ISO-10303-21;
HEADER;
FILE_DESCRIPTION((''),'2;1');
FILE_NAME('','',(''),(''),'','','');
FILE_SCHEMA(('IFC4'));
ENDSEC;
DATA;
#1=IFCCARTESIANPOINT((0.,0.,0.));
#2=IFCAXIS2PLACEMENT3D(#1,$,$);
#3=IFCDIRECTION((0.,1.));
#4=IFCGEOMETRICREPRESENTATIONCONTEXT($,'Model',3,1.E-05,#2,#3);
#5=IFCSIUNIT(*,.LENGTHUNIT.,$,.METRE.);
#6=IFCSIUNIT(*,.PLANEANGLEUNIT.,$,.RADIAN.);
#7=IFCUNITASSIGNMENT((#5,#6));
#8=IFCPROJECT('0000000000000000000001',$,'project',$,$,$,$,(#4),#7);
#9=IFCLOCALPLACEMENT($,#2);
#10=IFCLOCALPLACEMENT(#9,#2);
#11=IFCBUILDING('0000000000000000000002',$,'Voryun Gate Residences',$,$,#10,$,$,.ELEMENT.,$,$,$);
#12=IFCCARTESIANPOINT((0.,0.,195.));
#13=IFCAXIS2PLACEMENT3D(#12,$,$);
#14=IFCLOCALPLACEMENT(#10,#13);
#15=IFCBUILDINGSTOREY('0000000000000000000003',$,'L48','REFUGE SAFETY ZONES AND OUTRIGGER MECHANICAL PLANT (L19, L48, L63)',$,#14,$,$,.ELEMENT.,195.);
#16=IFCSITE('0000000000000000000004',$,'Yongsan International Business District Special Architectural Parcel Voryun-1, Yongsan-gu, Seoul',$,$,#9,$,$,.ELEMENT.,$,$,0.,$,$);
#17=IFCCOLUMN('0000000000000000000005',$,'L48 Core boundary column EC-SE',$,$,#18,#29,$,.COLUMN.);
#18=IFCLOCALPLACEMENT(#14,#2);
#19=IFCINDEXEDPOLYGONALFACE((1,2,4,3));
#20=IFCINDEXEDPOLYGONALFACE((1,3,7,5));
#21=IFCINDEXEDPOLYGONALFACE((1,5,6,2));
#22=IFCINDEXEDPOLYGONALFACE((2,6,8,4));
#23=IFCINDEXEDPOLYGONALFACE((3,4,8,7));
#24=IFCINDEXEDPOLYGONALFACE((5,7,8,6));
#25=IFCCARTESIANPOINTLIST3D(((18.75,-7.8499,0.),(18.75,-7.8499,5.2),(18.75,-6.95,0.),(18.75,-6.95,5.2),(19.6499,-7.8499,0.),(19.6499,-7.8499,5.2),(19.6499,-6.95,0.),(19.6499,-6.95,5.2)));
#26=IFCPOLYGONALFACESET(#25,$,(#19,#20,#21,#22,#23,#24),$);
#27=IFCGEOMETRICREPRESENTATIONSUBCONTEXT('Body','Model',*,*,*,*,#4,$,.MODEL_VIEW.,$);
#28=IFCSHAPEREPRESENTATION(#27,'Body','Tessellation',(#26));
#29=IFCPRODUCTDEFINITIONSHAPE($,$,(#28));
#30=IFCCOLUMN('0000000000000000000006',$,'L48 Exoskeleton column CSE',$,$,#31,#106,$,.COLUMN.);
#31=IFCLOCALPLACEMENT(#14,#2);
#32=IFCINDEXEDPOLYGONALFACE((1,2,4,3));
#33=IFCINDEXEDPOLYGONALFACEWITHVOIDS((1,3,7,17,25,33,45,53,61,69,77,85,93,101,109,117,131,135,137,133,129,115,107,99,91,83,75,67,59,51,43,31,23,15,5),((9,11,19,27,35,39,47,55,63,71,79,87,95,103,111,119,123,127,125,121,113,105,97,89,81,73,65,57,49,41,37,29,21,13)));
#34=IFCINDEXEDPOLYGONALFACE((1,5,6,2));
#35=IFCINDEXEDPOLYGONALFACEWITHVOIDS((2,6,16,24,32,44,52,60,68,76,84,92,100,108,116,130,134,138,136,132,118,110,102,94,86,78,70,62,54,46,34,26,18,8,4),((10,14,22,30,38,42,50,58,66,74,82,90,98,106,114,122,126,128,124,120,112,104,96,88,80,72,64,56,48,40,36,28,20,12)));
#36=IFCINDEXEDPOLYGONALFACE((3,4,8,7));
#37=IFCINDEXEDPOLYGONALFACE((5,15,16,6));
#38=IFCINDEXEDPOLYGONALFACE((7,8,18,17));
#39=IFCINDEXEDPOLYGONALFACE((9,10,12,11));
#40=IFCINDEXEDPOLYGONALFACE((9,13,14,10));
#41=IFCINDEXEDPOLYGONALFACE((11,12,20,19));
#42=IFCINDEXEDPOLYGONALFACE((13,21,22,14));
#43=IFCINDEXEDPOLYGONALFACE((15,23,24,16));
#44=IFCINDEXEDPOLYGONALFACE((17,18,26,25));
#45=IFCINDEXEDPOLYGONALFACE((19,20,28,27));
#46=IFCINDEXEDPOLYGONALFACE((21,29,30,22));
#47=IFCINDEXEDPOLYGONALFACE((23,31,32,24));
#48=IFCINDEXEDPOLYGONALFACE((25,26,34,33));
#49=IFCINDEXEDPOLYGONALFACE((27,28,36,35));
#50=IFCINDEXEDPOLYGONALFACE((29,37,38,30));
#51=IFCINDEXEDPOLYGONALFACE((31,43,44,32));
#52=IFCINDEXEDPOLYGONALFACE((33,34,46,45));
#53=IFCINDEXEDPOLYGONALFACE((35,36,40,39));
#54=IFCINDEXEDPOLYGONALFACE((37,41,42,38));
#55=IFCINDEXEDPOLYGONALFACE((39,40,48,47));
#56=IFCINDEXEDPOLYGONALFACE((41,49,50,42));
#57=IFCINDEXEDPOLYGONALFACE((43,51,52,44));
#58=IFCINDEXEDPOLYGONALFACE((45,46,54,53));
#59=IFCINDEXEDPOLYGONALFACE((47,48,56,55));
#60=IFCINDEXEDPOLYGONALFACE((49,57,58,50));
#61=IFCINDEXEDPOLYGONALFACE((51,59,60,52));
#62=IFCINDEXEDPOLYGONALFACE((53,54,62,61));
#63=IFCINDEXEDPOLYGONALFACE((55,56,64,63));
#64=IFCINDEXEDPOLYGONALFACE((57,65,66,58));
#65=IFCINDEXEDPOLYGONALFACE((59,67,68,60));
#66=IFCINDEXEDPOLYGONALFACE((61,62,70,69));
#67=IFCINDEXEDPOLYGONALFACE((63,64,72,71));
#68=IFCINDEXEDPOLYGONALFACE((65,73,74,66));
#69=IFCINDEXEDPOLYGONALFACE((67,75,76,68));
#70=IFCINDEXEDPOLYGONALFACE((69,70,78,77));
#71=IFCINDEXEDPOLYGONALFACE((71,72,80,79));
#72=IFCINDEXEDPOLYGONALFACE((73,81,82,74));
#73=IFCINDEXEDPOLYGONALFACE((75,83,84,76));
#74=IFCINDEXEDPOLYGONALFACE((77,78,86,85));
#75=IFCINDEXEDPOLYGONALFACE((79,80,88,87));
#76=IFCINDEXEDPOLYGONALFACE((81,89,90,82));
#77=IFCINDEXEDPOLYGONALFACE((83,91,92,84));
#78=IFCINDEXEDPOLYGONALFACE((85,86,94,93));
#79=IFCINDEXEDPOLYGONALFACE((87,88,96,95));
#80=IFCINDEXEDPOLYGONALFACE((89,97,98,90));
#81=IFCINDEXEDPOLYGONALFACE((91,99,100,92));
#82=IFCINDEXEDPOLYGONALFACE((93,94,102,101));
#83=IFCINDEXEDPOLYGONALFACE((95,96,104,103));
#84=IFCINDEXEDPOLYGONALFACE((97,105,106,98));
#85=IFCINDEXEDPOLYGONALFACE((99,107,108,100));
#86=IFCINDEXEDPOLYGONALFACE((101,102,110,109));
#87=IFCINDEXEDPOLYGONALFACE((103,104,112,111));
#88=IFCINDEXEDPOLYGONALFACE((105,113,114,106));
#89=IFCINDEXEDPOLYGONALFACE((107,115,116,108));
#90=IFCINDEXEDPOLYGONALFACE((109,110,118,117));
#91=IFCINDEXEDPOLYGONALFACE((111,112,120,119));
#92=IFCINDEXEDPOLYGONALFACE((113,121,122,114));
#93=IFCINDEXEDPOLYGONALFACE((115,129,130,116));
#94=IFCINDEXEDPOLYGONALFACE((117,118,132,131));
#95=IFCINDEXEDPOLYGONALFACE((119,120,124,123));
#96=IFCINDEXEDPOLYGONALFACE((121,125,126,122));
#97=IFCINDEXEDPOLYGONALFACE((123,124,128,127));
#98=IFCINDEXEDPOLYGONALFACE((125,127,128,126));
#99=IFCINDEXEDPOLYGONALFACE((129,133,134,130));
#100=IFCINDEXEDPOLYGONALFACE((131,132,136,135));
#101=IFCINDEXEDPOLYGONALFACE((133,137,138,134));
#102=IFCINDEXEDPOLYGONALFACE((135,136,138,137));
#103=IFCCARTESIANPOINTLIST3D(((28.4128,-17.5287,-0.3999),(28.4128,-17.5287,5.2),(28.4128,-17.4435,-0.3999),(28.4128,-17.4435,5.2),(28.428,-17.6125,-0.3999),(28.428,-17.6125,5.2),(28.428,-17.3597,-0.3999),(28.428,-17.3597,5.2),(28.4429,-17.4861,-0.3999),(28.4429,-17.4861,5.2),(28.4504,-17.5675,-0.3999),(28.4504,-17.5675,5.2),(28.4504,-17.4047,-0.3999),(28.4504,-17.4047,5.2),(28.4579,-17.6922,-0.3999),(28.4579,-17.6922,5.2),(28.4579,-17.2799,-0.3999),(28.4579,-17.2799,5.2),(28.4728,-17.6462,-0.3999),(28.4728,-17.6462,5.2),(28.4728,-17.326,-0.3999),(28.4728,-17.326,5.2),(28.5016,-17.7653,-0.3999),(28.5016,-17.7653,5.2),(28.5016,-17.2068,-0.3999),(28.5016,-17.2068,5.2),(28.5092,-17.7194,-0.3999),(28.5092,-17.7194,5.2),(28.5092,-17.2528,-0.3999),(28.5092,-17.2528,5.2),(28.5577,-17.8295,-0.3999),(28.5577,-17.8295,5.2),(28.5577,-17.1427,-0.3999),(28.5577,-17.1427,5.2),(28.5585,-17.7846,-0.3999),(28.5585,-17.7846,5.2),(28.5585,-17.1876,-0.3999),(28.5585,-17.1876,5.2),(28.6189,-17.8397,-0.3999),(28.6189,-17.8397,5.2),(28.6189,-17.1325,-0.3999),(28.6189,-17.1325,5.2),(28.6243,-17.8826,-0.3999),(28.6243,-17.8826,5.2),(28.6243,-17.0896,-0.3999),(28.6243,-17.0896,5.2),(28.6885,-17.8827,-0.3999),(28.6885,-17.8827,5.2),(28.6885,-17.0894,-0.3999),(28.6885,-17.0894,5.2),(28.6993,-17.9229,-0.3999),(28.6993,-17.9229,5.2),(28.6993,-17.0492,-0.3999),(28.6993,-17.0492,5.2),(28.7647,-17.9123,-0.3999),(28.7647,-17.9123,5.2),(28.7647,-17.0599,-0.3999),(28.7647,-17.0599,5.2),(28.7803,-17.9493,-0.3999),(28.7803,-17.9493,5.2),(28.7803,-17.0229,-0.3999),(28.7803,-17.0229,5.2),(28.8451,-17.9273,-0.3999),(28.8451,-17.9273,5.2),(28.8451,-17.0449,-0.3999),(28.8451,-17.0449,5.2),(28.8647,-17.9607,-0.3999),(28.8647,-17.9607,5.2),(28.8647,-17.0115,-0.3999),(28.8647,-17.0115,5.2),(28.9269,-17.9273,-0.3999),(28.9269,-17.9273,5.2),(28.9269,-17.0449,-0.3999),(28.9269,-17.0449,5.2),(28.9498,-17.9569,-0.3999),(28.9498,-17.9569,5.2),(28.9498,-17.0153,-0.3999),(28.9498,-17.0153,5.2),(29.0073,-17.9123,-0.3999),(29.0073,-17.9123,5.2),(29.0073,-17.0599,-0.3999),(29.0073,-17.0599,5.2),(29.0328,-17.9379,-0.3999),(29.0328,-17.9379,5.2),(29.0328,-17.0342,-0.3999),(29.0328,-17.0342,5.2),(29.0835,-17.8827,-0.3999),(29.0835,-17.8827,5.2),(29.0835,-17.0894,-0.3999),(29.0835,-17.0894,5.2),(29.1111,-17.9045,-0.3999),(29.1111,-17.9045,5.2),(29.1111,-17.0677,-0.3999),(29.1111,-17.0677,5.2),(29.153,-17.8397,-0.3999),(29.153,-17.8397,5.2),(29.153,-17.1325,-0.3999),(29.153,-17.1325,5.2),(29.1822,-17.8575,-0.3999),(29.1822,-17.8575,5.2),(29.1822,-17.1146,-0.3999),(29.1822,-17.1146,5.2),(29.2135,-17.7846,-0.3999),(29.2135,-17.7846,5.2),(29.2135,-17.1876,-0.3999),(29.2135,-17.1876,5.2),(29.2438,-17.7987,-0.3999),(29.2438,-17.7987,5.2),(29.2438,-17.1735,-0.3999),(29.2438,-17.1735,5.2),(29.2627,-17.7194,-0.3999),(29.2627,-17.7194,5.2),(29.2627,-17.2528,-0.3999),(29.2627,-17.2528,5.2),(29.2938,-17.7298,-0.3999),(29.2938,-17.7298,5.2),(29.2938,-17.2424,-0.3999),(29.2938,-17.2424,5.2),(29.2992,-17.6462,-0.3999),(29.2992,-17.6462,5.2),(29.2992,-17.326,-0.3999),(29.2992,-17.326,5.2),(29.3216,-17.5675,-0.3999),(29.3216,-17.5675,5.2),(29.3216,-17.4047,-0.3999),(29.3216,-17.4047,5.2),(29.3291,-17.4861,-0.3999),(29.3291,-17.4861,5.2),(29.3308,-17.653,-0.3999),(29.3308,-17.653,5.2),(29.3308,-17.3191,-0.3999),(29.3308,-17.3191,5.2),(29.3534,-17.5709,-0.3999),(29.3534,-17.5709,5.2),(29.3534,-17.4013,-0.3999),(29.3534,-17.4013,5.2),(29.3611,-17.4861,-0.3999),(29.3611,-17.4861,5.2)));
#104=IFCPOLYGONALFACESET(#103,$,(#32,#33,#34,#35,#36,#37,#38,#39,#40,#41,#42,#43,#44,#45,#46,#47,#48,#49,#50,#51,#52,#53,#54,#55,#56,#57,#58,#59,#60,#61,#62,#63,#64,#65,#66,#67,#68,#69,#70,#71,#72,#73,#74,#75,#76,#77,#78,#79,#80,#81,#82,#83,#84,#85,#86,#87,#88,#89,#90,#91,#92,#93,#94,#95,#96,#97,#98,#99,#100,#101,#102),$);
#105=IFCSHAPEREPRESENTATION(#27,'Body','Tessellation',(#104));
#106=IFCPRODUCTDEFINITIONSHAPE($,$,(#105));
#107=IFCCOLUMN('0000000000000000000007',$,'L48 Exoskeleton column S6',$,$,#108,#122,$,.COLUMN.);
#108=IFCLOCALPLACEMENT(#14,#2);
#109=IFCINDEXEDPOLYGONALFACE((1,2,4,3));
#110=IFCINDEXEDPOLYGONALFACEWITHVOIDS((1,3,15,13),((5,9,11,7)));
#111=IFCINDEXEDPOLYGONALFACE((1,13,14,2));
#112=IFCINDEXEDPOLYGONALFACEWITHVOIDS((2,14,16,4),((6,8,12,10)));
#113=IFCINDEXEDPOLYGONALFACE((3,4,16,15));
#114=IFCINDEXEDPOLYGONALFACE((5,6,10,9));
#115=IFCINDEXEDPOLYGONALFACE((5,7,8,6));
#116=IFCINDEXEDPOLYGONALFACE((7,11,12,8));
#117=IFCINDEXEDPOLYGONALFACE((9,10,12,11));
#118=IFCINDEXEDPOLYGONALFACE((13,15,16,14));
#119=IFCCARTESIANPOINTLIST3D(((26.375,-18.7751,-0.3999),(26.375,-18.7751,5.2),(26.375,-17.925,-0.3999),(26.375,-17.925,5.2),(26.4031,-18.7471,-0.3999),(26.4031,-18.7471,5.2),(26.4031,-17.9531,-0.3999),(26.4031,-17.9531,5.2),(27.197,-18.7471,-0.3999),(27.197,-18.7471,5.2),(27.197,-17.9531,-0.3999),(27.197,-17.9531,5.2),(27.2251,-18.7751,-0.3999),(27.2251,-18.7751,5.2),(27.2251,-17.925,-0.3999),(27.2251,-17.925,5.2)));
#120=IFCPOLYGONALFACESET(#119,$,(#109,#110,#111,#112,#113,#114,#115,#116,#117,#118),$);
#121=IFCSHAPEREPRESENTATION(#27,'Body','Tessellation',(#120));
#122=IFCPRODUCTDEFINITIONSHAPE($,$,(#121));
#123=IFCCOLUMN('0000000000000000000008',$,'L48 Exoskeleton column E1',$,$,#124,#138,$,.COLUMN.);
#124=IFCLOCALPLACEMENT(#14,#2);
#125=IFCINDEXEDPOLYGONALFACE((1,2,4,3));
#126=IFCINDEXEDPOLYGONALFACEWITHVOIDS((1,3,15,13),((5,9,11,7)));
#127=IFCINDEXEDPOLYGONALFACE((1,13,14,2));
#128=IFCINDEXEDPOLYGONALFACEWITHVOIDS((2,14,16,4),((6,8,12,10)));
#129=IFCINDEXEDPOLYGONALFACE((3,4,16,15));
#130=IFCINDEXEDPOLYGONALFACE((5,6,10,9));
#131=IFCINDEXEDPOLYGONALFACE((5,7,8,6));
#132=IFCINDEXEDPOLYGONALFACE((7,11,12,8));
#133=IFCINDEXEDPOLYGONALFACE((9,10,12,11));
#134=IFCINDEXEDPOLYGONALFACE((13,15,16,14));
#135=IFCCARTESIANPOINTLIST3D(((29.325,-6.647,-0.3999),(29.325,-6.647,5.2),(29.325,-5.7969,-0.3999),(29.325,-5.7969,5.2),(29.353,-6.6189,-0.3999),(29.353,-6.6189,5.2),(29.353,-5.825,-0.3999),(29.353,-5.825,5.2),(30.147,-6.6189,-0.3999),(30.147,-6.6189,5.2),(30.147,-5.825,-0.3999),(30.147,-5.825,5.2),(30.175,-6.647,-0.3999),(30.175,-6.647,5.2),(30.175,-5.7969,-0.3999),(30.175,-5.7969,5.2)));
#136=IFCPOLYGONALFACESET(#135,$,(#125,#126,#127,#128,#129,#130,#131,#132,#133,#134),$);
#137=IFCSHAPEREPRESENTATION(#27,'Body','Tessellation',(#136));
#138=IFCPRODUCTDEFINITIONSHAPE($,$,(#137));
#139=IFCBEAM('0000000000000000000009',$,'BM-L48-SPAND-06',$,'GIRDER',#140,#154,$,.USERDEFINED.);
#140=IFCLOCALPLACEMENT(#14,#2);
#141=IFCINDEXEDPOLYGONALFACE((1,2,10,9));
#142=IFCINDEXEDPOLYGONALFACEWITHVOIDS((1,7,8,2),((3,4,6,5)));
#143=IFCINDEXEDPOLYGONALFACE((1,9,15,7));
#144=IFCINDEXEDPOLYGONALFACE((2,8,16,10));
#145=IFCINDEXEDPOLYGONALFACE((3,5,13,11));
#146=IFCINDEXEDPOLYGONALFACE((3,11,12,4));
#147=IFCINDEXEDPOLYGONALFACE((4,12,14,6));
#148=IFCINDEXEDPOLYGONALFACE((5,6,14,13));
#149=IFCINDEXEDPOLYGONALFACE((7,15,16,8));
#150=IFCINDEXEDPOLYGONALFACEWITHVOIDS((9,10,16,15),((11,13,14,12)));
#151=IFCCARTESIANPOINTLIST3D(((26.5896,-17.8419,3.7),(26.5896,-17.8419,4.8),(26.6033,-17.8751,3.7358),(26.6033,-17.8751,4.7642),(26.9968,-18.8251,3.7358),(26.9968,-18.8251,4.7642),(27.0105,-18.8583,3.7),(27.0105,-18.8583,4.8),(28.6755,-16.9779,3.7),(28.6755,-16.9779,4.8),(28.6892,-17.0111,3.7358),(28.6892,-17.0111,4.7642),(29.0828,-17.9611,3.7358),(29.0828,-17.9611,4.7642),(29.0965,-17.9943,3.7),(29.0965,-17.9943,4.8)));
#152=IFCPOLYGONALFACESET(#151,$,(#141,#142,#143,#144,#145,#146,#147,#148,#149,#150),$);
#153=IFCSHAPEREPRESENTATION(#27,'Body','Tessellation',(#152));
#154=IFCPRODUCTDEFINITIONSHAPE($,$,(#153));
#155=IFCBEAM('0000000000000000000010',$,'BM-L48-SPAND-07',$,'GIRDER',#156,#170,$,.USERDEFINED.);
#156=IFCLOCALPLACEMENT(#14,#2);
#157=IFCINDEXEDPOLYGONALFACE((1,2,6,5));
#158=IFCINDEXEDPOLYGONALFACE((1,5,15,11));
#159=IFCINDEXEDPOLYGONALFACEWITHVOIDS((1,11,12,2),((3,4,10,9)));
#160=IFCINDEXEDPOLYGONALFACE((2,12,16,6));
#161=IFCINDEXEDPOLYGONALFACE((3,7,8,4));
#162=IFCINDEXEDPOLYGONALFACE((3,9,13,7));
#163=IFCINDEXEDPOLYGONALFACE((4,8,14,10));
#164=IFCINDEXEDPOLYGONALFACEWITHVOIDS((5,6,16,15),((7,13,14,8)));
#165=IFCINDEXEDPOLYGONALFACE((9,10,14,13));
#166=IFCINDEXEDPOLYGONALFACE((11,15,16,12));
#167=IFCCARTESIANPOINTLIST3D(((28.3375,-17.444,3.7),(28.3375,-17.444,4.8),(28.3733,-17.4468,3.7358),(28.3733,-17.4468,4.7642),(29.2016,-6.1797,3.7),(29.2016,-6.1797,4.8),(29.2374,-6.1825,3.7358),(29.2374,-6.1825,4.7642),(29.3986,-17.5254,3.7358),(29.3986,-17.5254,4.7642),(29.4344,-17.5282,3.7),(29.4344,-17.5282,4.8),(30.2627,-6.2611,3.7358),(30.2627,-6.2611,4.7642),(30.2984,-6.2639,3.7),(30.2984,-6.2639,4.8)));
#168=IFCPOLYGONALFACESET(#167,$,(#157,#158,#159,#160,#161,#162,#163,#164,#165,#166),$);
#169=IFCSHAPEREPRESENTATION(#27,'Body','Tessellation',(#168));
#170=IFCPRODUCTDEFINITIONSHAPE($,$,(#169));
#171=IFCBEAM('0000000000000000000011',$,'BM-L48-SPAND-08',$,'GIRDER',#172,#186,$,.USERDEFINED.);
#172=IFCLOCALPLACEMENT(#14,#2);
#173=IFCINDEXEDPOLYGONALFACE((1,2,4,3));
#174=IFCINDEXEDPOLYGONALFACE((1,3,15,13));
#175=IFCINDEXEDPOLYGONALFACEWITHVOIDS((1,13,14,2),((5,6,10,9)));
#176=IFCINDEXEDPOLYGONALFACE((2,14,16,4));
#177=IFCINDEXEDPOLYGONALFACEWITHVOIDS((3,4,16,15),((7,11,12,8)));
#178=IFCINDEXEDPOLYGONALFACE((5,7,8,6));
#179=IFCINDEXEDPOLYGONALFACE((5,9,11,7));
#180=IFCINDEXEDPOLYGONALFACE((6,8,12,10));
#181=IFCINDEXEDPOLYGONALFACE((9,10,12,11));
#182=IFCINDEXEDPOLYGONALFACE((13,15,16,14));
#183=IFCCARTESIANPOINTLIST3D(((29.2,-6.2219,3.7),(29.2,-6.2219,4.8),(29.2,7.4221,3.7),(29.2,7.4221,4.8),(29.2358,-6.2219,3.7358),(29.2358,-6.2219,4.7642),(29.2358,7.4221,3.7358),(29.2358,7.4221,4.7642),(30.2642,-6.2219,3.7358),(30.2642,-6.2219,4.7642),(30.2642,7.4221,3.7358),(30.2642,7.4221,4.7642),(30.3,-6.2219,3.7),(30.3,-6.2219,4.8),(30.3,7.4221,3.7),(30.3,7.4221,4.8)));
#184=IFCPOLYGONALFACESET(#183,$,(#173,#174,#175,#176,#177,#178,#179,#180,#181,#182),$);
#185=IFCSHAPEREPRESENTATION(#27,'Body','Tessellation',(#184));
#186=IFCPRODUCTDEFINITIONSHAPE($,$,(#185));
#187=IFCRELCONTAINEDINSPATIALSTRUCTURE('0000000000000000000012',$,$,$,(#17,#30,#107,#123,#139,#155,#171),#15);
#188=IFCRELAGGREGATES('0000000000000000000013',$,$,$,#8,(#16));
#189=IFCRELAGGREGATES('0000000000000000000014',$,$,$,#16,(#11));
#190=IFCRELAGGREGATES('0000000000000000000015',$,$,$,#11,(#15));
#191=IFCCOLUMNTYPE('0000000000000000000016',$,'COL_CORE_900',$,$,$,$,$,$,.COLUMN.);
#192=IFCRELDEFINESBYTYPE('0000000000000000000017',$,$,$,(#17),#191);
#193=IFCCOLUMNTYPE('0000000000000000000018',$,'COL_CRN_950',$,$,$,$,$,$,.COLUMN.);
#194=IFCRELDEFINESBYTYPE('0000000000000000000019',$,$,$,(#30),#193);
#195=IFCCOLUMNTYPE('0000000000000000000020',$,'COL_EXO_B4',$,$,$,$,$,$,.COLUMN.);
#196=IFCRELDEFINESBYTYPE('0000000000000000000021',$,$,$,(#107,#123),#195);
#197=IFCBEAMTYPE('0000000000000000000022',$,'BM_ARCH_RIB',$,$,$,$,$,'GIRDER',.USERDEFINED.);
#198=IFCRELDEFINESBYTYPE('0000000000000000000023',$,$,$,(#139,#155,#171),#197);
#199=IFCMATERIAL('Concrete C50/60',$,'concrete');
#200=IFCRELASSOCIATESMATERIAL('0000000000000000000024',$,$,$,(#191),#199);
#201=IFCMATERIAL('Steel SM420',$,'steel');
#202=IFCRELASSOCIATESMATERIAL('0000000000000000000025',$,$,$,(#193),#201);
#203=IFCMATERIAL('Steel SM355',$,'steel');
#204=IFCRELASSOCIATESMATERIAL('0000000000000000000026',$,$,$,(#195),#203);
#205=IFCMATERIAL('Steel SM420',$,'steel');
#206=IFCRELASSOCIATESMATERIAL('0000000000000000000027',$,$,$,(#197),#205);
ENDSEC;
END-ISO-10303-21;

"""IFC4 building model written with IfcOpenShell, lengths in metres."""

from ifc_helpers import new_model, si_unit, direction, frame, origin, origin_2d, place, context, subcontext, project, spatial, rectangle, hollow_rectangle, hollow_circle, extrude, material, material_profile, profile_set, type_object, element, save


model = new_model("IFC4")

# Units and contexts
model_context = context("Model", 3, precision=1e-05, world=origin(), true_north=direction((0.0, 1.0)))
body_context = subcontext(model_context, "Body", "Model", "MODEL_VIEW")
ifc_project = project(units=[si_unit("LENGTHUNIT", "METRE"), si_unit("PLANEANGLEUNIT", "RADIAN")], contexts=[model_context])

# Site, building, storey
site_placement = place(None, origin())
site = spatial("IfcSite", under=ifc_project, at=site_placement, Name="Yongsan International Business District Special Architectural Parcel Voryun-1, Yongsan-gu, Seoul", CompositionType="ELEMENT", RefElevation=0.0)
building_placement = place(site_placement, origin())
building = spatial("IfcBuilding", under=site, at=building_placement, Name="Voryun Gate Residences", CompositionType="ELEMENT")
storey_placement = place(building_placement, frame((0.0, 0.0, 195.0)))
storey = spatial("IfcBuildingStorey", under=building, at=storey_placement, Name="L48", Description="REFUGE SAFETY ZONES AND OUTRIGGER MECHANICAL PLANT (L19, L48, L63)", CompositionType="ELEMENT", Elevation=195.0)

# Columns
ifc_material_1 = material(Name="Concrete C50/60", Category="concrete")
ifc_material_profile_1 = material_profile(ifc_material_1, rectangle(XDim=0.8999, YDim=0.8999, at=origin_2d()), Name="RC-900x900")
ifc_profile_set_1 = profile_set([ifc_material_profile_1], Name="Concrete C50/60")
column_type_1 = type_object("IfcColumnType", Name="COL_CORE_900", PredefinedType="COLUMN", material=ifc_profile_set_1)
column_1_placement = place(storey_placement, frame((19.2, -7.3999, 0.0), z_axis=(0.0, 0.0, 1.0), x_axis=(1.0, 0.0, 0.0)))
element("IfcColumn", 1, at=column_1_placement, inside=storey, type_object=column_type_1, Name="L48 Core boundary column EC-SE", PredefinedType="COLUMN", context=body_context, shape_type="SweptSolid", body=[
    extrude(rectangle(XDim=0.8999, YDim=0.8999, at=origin_2d()), origin(), (0.0, 0.0, 1.0), 5.2),
])
ifc_material_2 = material(Name="Steel SM420", Category="steel")
ifc_material_profile_2 = material_profile(ifc_material_2, hollow_circle(Radius=0.4751, WallThickness=0.032, at=origin_2d()), Name="CHS-950x32")
ifc_profile_set_2 = profile_set([ifc_material_profile_2], Name="Steel SM420")
column_type_2 = type_object("IfcColumnType", Name="COL_CRN_950", PredefinedType="COLUMN", material=ifc_profile_set_2)
column_2_placement = place(storey_placement, frame((28.886, -17.4861, -0.3999), z_axis=(0.0, 0.0, 1.0), x_axis=(1.0, 0.0, 0.0)))
element("IfcColumn", 2, at=column_2_placement, inside=storey, type_object=column_type_2, Name="L48 Exoskeleton column CSE", PredefinedType="COLUMN", context=body_context, shape_type="SweptSolid", body=[
    extrude(hollow_circle(Radius=0.4751, WallThickness=0.032, at=origin_2d()), origin(), (0.0, 0.0, 1.0), 5.5999),
])
ifc_material_3 = material(Name="Steel SM355", Category="steel")
ifc_material_profile_3 = material_profile(ifc_material_3, hollow_rectangle(XDim=0.8501, YDim=0.8501, WallThickness=0.0281, at=origin_2d()), Name="BOX-850x850x28")
ifc_profile_set_3 = profile_set([ifc_material_profile_3], Name="Steel SM355")
column_type_3 = type_object("IfcColumnType", Name="COL_EXO_B4", PredefinedType="COLUMN", material=ifc_profile_set_3)
for number, where, z_axis, x_axis, name in (
    (3, (26.8, -18.3501, -0.3999), (0.0, 0.0, 1.0), (1.0, 0.0, 0.0), "L48 Exoskeleton column S6"),
    (4, (29.75, -6.2219, -0.3999), (0.0, 0.0, 1.0), (1.0, 0.0, 0.0), "L48 Exoskeleton column E1"),
):
    element("IfcColumn", number, at=place(storey_placement, frame(where, z_axis=z_axis, x_axis=x_axis)), inside=storey, type_object=column_type_3, Name=name, PredefinedType="COLUMN", context=body_context, shape_type="SweptSolid", body=[
        extrude(hollow_rectangle(XDim=0.8501, YDim=0.8501, WallThickness=0.0281, at=origin_2d()), origin(), (0.0, 0.0, 1.0), 5.5999),
    ])

# Beams
ifc_material_4 = material(Name="Steel SM420", Category="steel")
ifc_material_profile_4 = material_profile(ifc_material_4, hollow_rectangle(XDim=1.1001, YDim=1.1001, WallThickness=0.0359, at=origin_2d()), Name="BOX-1100x1100x36")
ifc_profile_set_4 = profile_set([ifc_material_profile_4], Name="Steel SM420")
beam_type_1 = type_object("IfcBeamType", Name="BM_ARCH_RIB", ElementType="GIRDER", PredefinedType="USERDEFINED", material=ifc_profile_set_4)
beam_1_placement = place(storey_placement, frame((26.8, -18.3501, 4.25), z_axis=(0.923881, 0.38268, 0.0), x_axis=(-0.38268, 0.923881, 0.0)))
element("IfcBeam", 5, at=beam_1_placement, inside=storey, type_object=beam_type_1, Name="BM-L48-SPAND-06", ObjectType="GIRDER", PredefinedType="USERDEFINED", context=body_context, shape_type="SweptSolid", body=[
    extrude(hollow_rectangle(XDim=1.1001, YDim=1.1001, WallThickness=0.0359, at=origin_2d()), origin(), (0.0, 0.0, 1.0), 2.2578),
])
beam_2_placement = place(storey_placement, frame((28.886, -17.4861, 4.25), z_axis=(0.07648, 0.997071, 0.0), x_axis=(-0.997071, 0.07648, 0.0)))
element("IfcBeam", 6, at=beam_2_placement, inside=storey, type_object=beam_type_1, Name="BM-L48-SPAND-07", ObjectType="GIRDER", PredefinedType="USERDEFINED", context=body_context, shape_type="SweptSolid", body=[
    extrude(hollow_rectangle(XDim=1.1001, YDim=1.1001, WallThickness=0.0359, at=origin_2d()), origin(), (0.0, 0.0, 1.0), 11.2974),
])
beam_3_placement = place(storey_placement, frame((29.75, -6.2219, 4.25), z_axis=(0.0, 1.0, 0.0), x_axis=(-1.0, 0.0, 0.0)))
element("IfcBeam", 7, at=beam_3_placement, inside=storey, type_object=beam_type_1, Name="BM-L48-SPAND-08", ObjectType="GIRDER", PredefinedType="USERDEFINED", context=body_context, shape_type="SweptSolid", body=[
    extrude(hollow_rectangle(XDim=1.1001, YDim=1.1001, WallThickness=0.0359, at=origin_2d()), origin(), (0.0, 0.0, 1.0), 13.644),
])

save(model, "model.ifc")
